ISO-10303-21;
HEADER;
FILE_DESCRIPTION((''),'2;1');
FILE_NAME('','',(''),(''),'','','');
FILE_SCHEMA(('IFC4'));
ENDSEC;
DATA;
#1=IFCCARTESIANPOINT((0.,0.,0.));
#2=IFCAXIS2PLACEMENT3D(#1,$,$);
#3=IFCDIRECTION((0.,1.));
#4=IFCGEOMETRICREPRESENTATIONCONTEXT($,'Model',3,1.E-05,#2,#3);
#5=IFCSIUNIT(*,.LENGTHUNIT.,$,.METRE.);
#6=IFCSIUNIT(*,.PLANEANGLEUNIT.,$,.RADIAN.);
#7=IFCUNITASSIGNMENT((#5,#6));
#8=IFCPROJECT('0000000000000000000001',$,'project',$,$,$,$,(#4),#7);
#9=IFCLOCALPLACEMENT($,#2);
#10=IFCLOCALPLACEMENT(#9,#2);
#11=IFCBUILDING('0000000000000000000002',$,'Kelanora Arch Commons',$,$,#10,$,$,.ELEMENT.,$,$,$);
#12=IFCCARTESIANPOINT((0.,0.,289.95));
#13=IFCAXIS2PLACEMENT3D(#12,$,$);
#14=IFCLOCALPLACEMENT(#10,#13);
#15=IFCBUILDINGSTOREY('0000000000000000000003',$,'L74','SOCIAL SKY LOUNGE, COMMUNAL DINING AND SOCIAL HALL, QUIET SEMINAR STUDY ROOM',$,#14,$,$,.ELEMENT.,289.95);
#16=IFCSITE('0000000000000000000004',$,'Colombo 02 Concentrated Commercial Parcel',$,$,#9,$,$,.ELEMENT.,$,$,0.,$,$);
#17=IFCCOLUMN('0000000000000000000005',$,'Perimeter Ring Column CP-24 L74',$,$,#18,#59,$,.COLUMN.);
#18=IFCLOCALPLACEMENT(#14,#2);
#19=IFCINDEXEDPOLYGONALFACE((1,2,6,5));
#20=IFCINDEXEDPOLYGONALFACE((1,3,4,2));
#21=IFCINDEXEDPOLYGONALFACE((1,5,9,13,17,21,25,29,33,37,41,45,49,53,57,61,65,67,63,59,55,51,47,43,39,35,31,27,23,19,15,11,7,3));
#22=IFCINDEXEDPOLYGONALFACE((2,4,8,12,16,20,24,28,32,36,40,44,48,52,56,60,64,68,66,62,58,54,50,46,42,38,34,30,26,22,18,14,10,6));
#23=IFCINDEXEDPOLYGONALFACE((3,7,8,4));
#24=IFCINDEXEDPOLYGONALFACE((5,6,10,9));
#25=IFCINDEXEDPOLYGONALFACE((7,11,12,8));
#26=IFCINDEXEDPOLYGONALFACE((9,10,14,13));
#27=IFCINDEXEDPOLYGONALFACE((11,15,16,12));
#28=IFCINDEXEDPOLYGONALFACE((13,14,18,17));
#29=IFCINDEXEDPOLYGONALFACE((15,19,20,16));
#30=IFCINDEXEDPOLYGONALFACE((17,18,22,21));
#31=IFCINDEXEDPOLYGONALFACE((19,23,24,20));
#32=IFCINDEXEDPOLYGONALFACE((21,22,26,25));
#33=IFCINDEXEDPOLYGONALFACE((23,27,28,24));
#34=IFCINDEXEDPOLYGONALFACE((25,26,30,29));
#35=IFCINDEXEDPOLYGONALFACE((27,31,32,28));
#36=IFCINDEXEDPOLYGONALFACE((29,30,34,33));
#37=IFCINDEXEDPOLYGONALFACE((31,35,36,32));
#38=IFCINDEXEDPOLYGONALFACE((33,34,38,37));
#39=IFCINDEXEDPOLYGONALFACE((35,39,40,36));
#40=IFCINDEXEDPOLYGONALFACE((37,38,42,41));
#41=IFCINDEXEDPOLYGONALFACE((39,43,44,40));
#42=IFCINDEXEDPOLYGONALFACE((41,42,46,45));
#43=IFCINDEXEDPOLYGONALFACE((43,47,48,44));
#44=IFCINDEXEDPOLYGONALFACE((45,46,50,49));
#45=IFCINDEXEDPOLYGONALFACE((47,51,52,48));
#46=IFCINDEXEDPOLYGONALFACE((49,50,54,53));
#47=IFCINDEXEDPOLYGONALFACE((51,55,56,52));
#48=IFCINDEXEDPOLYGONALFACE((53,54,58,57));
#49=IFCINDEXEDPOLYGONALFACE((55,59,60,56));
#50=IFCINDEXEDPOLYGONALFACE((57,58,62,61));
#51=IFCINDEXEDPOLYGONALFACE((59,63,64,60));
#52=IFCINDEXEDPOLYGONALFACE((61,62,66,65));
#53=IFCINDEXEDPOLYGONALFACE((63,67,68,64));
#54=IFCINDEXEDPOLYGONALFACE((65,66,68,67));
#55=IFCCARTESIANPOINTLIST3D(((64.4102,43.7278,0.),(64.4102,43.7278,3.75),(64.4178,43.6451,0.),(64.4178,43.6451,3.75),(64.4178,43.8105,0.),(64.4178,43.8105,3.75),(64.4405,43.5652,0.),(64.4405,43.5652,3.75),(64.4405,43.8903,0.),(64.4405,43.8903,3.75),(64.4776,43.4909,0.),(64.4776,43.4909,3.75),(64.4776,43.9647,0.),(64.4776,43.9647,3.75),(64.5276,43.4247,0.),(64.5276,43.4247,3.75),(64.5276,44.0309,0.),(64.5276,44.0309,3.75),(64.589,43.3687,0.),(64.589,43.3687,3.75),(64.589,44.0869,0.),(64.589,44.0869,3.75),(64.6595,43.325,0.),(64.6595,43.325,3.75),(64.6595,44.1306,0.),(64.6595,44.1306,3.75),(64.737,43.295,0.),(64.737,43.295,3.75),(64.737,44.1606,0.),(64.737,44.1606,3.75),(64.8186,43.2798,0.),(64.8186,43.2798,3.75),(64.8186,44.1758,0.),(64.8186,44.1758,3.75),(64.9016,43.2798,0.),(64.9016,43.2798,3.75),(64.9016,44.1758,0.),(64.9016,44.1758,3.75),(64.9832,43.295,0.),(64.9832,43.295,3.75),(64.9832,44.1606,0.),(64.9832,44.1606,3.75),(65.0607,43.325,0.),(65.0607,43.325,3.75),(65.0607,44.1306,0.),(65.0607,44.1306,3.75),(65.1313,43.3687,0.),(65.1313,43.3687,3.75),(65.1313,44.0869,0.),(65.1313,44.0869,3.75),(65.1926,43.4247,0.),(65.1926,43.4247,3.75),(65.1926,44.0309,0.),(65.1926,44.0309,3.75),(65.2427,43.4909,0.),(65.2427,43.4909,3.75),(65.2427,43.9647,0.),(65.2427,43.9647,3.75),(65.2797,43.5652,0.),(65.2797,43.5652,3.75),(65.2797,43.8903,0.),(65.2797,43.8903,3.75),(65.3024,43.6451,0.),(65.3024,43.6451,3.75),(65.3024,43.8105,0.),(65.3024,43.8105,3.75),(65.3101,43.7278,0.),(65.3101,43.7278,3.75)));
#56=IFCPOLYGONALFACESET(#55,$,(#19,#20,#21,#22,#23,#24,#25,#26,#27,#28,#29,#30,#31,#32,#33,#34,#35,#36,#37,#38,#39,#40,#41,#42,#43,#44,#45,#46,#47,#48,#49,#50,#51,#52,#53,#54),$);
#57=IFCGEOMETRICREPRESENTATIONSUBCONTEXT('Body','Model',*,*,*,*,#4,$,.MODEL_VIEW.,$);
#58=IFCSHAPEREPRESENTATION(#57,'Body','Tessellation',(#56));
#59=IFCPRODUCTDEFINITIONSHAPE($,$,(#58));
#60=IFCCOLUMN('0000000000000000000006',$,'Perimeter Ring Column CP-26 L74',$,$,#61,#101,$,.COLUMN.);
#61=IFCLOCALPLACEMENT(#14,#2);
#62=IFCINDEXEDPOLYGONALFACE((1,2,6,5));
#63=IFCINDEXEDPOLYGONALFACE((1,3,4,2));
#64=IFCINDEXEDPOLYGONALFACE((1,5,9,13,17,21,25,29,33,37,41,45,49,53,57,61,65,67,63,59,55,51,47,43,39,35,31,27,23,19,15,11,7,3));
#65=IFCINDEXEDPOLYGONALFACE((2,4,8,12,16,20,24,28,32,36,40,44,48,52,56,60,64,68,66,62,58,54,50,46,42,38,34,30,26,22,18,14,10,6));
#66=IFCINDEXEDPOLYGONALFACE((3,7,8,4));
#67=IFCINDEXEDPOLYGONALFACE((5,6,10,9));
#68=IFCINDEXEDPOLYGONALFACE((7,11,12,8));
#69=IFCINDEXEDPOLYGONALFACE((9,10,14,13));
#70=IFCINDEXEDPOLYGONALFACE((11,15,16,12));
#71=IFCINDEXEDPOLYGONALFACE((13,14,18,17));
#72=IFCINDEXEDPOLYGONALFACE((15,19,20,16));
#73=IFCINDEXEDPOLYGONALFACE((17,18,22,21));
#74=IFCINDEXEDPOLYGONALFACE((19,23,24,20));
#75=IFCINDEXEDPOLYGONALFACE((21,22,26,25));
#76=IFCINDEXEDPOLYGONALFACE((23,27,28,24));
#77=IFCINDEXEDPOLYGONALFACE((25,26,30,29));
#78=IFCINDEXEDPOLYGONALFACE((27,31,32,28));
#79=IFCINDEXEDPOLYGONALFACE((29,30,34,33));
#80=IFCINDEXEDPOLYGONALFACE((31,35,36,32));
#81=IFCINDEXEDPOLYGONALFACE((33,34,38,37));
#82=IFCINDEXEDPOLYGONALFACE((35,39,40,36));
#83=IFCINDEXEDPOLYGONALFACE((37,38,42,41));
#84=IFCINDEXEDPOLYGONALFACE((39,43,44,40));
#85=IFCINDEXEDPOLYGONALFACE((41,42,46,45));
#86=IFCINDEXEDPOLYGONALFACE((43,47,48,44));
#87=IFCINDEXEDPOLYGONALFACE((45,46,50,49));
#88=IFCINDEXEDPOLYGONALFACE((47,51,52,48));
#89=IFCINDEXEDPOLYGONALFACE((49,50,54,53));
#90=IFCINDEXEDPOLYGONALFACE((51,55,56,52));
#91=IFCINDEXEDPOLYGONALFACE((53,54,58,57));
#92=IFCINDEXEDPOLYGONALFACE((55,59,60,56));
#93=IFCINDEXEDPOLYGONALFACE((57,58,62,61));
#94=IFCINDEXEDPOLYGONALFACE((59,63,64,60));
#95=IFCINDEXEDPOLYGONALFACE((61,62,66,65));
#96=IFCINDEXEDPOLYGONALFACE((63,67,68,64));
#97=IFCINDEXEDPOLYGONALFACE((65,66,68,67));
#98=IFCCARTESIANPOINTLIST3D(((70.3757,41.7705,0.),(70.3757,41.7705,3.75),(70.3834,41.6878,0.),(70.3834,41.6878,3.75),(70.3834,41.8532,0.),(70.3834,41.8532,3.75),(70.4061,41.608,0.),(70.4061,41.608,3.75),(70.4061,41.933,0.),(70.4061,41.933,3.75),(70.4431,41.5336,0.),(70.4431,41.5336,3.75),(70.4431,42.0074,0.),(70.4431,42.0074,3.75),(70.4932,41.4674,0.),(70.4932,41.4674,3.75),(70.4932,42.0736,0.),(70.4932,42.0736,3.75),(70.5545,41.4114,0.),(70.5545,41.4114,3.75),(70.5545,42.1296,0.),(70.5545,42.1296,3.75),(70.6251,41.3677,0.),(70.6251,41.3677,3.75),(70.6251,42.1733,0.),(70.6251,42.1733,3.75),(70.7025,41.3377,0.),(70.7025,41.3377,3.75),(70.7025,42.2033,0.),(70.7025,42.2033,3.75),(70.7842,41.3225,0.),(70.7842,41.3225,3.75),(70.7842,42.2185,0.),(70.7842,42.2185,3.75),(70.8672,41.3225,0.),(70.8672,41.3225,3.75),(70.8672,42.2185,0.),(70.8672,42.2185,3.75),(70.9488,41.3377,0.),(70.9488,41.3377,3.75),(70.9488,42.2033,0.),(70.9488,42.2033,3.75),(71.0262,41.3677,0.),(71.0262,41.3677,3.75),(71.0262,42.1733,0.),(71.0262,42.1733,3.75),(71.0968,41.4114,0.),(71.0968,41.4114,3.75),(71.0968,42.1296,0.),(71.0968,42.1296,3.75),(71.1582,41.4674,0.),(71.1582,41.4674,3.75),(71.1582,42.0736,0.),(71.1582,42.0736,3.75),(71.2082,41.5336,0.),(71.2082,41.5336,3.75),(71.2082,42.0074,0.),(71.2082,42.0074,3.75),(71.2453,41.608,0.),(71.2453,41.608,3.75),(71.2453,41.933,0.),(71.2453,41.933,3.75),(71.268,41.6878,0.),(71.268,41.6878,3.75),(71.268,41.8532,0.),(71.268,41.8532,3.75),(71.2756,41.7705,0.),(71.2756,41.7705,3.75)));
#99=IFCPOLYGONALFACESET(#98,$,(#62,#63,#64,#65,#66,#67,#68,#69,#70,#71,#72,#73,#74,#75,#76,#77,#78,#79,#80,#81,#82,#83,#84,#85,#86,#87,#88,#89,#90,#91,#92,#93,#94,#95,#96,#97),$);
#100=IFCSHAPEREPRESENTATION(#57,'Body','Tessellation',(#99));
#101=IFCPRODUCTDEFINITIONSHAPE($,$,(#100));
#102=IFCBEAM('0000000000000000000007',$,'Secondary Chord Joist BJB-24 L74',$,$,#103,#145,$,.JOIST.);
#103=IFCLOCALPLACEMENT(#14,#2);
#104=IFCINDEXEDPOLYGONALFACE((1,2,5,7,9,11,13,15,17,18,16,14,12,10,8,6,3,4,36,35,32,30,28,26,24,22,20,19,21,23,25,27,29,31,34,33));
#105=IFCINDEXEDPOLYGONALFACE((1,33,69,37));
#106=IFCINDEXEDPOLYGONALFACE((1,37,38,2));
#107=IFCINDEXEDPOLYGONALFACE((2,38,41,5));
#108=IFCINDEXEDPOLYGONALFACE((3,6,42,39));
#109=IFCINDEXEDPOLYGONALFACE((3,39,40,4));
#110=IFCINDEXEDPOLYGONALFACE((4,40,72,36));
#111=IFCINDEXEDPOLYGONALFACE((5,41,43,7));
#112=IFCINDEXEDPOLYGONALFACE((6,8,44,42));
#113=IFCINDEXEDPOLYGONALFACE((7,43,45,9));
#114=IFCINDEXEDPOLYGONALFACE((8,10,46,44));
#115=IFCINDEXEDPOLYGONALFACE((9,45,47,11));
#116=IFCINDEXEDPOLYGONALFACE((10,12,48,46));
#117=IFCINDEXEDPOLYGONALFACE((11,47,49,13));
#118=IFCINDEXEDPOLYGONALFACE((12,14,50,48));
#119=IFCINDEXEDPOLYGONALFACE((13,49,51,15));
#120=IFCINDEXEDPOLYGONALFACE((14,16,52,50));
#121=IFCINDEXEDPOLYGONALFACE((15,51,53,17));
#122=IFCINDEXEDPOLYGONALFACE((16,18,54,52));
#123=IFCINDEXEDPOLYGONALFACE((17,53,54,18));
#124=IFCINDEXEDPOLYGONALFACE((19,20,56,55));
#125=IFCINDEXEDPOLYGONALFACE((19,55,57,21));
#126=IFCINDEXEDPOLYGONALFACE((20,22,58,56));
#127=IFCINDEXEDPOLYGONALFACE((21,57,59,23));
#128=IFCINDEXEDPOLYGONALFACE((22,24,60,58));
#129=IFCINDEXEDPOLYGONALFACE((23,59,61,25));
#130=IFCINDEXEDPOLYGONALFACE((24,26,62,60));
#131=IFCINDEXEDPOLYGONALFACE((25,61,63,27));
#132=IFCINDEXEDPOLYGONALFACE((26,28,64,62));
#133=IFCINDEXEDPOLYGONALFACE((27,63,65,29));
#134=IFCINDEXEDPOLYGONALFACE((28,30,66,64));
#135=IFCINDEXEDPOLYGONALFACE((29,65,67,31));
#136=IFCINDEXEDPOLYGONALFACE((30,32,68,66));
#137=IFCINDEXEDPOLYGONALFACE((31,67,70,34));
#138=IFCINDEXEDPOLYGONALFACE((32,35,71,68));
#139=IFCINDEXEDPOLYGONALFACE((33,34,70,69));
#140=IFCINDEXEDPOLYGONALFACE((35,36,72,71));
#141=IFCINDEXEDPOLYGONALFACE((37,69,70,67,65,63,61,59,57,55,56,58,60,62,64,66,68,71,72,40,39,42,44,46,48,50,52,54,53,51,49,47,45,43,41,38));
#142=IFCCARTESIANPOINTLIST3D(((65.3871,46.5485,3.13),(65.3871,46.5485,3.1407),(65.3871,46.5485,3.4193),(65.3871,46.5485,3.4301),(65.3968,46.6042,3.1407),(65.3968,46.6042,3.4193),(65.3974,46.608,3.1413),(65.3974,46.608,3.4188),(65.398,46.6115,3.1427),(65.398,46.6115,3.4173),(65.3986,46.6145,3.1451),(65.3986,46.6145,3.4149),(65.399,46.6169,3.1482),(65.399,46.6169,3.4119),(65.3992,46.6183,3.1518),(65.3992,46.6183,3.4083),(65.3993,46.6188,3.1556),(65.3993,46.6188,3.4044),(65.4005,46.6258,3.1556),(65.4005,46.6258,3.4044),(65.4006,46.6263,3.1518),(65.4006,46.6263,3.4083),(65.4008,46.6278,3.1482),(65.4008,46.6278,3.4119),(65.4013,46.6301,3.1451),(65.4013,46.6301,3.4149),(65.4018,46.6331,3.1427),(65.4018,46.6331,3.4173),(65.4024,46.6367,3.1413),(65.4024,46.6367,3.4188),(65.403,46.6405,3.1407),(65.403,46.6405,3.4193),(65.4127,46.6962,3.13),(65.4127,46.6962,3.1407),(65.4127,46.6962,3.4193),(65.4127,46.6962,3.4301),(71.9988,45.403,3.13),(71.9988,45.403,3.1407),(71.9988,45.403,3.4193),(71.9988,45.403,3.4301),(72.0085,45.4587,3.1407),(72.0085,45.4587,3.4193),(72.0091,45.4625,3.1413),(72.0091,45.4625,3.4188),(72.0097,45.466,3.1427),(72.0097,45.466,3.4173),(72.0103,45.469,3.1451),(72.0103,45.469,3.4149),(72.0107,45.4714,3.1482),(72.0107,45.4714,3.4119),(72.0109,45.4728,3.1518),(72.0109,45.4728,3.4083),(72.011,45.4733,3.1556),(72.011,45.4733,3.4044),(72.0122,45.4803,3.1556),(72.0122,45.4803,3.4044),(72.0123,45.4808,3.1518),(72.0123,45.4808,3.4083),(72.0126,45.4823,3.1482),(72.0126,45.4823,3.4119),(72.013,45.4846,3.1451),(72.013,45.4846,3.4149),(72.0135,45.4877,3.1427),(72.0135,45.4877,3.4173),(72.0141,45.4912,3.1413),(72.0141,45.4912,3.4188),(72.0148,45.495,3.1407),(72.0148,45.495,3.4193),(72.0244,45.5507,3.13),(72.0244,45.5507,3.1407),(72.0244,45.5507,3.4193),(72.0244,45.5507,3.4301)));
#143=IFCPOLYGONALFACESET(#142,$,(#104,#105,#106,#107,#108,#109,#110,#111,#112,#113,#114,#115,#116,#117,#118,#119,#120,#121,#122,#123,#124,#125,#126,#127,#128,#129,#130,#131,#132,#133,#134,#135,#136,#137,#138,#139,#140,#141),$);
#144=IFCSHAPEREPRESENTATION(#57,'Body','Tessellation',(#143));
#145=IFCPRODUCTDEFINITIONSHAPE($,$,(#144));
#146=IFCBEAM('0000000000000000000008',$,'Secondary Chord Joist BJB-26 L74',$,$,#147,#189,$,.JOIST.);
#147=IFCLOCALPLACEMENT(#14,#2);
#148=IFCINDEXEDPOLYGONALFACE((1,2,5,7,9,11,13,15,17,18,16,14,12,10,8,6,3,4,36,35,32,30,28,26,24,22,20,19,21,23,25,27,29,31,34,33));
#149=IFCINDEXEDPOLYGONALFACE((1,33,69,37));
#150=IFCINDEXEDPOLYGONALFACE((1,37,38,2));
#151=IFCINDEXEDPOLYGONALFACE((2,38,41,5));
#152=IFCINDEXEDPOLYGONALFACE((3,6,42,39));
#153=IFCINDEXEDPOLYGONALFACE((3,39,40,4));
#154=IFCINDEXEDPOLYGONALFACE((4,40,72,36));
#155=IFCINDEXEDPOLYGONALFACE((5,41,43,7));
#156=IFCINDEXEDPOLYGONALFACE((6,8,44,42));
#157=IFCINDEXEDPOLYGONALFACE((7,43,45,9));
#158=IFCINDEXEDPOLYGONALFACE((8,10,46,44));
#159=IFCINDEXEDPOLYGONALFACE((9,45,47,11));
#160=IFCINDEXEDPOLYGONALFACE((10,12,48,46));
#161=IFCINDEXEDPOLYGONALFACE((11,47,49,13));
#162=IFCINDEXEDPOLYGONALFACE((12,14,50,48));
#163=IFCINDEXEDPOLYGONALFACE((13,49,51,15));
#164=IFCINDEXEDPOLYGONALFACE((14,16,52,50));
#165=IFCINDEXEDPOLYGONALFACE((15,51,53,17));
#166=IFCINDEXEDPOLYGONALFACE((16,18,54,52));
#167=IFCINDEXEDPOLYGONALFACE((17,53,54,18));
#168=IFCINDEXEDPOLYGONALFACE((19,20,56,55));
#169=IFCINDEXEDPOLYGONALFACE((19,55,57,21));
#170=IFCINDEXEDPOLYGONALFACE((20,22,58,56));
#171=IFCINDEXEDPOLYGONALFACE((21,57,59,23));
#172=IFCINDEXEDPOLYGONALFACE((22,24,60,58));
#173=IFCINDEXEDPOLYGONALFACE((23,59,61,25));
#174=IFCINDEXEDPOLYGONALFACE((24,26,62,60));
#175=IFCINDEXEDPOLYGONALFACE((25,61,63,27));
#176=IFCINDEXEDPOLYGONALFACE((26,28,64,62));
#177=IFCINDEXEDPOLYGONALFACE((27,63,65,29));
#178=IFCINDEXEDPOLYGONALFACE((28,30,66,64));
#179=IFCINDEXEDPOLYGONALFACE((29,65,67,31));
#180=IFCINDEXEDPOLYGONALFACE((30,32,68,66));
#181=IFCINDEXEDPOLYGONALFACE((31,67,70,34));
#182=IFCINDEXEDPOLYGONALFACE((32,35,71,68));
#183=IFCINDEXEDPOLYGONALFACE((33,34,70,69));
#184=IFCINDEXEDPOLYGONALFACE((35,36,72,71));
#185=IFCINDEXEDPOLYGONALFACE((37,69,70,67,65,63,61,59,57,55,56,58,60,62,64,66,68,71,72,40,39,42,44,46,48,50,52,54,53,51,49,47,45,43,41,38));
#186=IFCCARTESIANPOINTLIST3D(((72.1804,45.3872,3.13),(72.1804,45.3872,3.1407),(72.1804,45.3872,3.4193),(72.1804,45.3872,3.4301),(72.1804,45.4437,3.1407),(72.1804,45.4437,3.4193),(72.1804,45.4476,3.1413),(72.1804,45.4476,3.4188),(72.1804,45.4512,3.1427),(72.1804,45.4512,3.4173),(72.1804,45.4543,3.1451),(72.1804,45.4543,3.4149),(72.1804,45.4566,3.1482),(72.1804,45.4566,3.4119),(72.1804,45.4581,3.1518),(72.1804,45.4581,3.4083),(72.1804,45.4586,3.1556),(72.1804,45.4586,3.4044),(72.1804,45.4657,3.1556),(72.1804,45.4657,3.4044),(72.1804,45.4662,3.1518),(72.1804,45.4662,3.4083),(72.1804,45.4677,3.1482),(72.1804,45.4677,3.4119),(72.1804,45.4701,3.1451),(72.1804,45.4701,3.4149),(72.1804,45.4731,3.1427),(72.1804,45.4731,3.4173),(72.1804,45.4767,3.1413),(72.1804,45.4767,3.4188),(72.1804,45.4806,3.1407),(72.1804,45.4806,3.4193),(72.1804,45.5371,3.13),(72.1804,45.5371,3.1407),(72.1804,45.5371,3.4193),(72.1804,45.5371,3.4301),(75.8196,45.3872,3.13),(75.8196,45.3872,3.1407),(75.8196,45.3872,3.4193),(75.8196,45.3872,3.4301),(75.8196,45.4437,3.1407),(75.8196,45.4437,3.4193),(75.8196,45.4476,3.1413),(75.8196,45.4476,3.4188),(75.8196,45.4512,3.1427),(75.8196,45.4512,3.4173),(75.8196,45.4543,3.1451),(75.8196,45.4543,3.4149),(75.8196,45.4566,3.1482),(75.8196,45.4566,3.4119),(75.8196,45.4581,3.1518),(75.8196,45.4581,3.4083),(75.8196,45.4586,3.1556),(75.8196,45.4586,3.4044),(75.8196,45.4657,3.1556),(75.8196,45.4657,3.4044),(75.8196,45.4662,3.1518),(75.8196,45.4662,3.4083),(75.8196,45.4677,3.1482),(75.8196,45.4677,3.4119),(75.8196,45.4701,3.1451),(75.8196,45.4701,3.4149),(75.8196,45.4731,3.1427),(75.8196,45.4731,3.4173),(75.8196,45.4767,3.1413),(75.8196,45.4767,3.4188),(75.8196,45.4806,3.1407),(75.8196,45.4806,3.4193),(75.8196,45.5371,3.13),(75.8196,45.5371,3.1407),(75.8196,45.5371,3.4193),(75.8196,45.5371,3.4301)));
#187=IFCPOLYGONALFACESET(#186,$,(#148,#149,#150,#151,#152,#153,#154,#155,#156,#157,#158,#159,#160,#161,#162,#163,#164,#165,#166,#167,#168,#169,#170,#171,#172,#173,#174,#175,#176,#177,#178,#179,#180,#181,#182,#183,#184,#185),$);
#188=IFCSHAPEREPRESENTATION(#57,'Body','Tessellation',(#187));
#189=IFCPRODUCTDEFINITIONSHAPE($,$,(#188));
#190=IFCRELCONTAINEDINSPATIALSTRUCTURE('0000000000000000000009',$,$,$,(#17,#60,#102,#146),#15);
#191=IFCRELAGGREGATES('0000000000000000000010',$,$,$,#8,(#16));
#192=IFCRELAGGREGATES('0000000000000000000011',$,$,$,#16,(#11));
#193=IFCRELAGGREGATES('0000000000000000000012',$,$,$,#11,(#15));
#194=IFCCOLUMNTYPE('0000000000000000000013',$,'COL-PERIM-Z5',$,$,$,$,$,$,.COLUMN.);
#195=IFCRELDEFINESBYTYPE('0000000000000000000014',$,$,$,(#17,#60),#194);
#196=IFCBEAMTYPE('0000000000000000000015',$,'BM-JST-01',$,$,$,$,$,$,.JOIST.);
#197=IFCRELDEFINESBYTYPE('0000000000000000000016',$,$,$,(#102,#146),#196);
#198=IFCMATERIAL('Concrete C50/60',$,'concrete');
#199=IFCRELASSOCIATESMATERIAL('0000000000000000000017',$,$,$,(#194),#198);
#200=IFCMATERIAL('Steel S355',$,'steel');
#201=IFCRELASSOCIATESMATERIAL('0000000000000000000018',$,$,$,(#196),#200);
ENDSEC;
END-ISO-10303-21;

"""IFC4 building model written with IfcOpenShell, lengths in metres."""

from ifc_helpers import new_model, si_unit, direction, frame, origin, origin_2d, place, context, subcontext, project, spatial, circle, i_section, extrude, material, material_profile, profile_set, type_object, element, save


model = new_model("IFC4")

# Units and contexts
model_context = context("Model", 3, precision=1e-05, world=origin(), true_north=direction((0.0, 1.0)))
body_context = subcontext(model_context, "Body", "Model", "MODEL_VIEW")
ifc_project = project(units=[si_unit("LENGTHUNIT", "METRE"), si_unit("PLANEANGLEUNIT", "RADIAN")], contexts=[model_context])

# Site, building, storey
site_placement = place(None, origin())
site = spatial("IfcSite", under=ifc_project, at=site_placement, Name="Colombo 02 Concentrated Commercial Parcel", CompositionType="ELEMENT", RefElevation=0.0)
building_placement = place(site_placement, origin())
building = spatial("IfcBuilding", under=site, at=building_placement, Name="Kelanora Arch Commons", CompositionType="ELEMENT")
storey_placement = place(building_placement, frame((0.0, 0.0, 289.95)))
storey = spatial("IfcBuildingStorey", under=building, at=storey_placement, Name="L74", Description="SOCIAL SKY LOUNGE, COMMUNAL DINING AND SOCIAL HALL, QUIET SEMINAR STUDY ROOM", CompositionType="ELEMENT", Elevation=289.95)

# Columns
ifc_material_1 = material(Name="Concrete C50/60", Category="concrete")
ifc_material_profile_1 = material_profile(ifc_material_1, circle(Radius=0.45, at=origin_2d()), Name="RCC900")
ifc_profile_set_1 = profile_set([ifc_material_profile_1], Name="Concrete C50/60")
column_type = type_object("IfcColumnType", Name="COL-PERIM-Z5", PredefinedType="COLUMN", material=ifc_profile_set_1)
for number, where, z_axis, x_axis, name in (
    (1, (64.8601, 43.7278, 0.0), (0.0, 0.0, 1.0), (1.0, 0.0, 0.0), "Perimeter Ring Column CP-24 L74"),
    (2, (70.8257, 41.7705, 0.0), (0.0, 0.0, 1.0), (1.0, 0.0, 0.0), "Perimeter Ring Column CP-26 L74"),
):
    element("IfcColumn", number, at=place(storey_placement, frame(where, z_axis=z_axis, x_axis=x_axis)), inside=storey, type_object=column_type, Name=name, PredefinedType="COLUMN", context=body_context, shape_type="SweptSolid", body=[
        extrude(circle(Radius=0.45, at=origin_2d()), origin(), (0.0, 0.0, 1.0), 3.75),
    ])

# Beams
ifc_material_2 = material(Name="Steel S355", Category="steel")
ifc_material_profile_2 = material_profile(ifc_material_2, i_section(OverallWidth=0.1499, OverallDepth=0.3, WebThickness=0.0071, FlangeThickness=0.0107, FilletRadius=0.0149, at=origin_2d()), Name="IPE300")
ifc_profile_set_2 = profile_set([ifc_material_profile_2], Name="Steel S355")
beam_type_1 = type_object("IfcBeamType", Name="BM-JST-01", PredefinedType="JOIST", material=ifc_profile_set_2)
beam_1_placement = place(storey_placement, frame((65.3999, 46.6223, 3.28), z_axis=(0.985322, -0.170709, 0.0), x_axis=(0.170709, 0.985322, 0.0)))
element("IfcBeam", 3, at=beam_1_placement, inside=storey, type_object=beam_type_1, Name="Secondary Chord Joist BJB-24 L74", PredefinedType="JOIST", context=body_context, shape_type="SweptSolid", body=[
    extrude(i_section(OverallWidth=0.1499, OverallDepth=0.3, WebThickness=0.0071, FlangeThickness=0.0107, FilletRadius=0.0149, at=origin_2d()), origin(), (0.0, 0.0, 1.0), 6.7102),
])
beam_2_placement = place(storey_placement, frame((72.1804, 45.4622, 3.28), z_axis=(1.0, 0.0, 0.0), x_axis=(0.0, 1.0, 0.0)))
element("IfcBeam", 4, at=beam_2_placement, inside=storey, type_object=beam_type_1, Name="Secondary Chord Joist BJB-26 L74", PredefinedType="JOIST", context=body_context, shape_type="SweptSolid", body=[
    extrude(i_section(OverallWidth=0.1499, OverallDepth=0.3, WebThickness=0.0071, FlangeThickness=0.0107, FilletRadius=0.0149, at=origin_2d()), origin(), (0.0, 0.0, 1.0), 3.6392),
])

save(model, "model.ifc")
